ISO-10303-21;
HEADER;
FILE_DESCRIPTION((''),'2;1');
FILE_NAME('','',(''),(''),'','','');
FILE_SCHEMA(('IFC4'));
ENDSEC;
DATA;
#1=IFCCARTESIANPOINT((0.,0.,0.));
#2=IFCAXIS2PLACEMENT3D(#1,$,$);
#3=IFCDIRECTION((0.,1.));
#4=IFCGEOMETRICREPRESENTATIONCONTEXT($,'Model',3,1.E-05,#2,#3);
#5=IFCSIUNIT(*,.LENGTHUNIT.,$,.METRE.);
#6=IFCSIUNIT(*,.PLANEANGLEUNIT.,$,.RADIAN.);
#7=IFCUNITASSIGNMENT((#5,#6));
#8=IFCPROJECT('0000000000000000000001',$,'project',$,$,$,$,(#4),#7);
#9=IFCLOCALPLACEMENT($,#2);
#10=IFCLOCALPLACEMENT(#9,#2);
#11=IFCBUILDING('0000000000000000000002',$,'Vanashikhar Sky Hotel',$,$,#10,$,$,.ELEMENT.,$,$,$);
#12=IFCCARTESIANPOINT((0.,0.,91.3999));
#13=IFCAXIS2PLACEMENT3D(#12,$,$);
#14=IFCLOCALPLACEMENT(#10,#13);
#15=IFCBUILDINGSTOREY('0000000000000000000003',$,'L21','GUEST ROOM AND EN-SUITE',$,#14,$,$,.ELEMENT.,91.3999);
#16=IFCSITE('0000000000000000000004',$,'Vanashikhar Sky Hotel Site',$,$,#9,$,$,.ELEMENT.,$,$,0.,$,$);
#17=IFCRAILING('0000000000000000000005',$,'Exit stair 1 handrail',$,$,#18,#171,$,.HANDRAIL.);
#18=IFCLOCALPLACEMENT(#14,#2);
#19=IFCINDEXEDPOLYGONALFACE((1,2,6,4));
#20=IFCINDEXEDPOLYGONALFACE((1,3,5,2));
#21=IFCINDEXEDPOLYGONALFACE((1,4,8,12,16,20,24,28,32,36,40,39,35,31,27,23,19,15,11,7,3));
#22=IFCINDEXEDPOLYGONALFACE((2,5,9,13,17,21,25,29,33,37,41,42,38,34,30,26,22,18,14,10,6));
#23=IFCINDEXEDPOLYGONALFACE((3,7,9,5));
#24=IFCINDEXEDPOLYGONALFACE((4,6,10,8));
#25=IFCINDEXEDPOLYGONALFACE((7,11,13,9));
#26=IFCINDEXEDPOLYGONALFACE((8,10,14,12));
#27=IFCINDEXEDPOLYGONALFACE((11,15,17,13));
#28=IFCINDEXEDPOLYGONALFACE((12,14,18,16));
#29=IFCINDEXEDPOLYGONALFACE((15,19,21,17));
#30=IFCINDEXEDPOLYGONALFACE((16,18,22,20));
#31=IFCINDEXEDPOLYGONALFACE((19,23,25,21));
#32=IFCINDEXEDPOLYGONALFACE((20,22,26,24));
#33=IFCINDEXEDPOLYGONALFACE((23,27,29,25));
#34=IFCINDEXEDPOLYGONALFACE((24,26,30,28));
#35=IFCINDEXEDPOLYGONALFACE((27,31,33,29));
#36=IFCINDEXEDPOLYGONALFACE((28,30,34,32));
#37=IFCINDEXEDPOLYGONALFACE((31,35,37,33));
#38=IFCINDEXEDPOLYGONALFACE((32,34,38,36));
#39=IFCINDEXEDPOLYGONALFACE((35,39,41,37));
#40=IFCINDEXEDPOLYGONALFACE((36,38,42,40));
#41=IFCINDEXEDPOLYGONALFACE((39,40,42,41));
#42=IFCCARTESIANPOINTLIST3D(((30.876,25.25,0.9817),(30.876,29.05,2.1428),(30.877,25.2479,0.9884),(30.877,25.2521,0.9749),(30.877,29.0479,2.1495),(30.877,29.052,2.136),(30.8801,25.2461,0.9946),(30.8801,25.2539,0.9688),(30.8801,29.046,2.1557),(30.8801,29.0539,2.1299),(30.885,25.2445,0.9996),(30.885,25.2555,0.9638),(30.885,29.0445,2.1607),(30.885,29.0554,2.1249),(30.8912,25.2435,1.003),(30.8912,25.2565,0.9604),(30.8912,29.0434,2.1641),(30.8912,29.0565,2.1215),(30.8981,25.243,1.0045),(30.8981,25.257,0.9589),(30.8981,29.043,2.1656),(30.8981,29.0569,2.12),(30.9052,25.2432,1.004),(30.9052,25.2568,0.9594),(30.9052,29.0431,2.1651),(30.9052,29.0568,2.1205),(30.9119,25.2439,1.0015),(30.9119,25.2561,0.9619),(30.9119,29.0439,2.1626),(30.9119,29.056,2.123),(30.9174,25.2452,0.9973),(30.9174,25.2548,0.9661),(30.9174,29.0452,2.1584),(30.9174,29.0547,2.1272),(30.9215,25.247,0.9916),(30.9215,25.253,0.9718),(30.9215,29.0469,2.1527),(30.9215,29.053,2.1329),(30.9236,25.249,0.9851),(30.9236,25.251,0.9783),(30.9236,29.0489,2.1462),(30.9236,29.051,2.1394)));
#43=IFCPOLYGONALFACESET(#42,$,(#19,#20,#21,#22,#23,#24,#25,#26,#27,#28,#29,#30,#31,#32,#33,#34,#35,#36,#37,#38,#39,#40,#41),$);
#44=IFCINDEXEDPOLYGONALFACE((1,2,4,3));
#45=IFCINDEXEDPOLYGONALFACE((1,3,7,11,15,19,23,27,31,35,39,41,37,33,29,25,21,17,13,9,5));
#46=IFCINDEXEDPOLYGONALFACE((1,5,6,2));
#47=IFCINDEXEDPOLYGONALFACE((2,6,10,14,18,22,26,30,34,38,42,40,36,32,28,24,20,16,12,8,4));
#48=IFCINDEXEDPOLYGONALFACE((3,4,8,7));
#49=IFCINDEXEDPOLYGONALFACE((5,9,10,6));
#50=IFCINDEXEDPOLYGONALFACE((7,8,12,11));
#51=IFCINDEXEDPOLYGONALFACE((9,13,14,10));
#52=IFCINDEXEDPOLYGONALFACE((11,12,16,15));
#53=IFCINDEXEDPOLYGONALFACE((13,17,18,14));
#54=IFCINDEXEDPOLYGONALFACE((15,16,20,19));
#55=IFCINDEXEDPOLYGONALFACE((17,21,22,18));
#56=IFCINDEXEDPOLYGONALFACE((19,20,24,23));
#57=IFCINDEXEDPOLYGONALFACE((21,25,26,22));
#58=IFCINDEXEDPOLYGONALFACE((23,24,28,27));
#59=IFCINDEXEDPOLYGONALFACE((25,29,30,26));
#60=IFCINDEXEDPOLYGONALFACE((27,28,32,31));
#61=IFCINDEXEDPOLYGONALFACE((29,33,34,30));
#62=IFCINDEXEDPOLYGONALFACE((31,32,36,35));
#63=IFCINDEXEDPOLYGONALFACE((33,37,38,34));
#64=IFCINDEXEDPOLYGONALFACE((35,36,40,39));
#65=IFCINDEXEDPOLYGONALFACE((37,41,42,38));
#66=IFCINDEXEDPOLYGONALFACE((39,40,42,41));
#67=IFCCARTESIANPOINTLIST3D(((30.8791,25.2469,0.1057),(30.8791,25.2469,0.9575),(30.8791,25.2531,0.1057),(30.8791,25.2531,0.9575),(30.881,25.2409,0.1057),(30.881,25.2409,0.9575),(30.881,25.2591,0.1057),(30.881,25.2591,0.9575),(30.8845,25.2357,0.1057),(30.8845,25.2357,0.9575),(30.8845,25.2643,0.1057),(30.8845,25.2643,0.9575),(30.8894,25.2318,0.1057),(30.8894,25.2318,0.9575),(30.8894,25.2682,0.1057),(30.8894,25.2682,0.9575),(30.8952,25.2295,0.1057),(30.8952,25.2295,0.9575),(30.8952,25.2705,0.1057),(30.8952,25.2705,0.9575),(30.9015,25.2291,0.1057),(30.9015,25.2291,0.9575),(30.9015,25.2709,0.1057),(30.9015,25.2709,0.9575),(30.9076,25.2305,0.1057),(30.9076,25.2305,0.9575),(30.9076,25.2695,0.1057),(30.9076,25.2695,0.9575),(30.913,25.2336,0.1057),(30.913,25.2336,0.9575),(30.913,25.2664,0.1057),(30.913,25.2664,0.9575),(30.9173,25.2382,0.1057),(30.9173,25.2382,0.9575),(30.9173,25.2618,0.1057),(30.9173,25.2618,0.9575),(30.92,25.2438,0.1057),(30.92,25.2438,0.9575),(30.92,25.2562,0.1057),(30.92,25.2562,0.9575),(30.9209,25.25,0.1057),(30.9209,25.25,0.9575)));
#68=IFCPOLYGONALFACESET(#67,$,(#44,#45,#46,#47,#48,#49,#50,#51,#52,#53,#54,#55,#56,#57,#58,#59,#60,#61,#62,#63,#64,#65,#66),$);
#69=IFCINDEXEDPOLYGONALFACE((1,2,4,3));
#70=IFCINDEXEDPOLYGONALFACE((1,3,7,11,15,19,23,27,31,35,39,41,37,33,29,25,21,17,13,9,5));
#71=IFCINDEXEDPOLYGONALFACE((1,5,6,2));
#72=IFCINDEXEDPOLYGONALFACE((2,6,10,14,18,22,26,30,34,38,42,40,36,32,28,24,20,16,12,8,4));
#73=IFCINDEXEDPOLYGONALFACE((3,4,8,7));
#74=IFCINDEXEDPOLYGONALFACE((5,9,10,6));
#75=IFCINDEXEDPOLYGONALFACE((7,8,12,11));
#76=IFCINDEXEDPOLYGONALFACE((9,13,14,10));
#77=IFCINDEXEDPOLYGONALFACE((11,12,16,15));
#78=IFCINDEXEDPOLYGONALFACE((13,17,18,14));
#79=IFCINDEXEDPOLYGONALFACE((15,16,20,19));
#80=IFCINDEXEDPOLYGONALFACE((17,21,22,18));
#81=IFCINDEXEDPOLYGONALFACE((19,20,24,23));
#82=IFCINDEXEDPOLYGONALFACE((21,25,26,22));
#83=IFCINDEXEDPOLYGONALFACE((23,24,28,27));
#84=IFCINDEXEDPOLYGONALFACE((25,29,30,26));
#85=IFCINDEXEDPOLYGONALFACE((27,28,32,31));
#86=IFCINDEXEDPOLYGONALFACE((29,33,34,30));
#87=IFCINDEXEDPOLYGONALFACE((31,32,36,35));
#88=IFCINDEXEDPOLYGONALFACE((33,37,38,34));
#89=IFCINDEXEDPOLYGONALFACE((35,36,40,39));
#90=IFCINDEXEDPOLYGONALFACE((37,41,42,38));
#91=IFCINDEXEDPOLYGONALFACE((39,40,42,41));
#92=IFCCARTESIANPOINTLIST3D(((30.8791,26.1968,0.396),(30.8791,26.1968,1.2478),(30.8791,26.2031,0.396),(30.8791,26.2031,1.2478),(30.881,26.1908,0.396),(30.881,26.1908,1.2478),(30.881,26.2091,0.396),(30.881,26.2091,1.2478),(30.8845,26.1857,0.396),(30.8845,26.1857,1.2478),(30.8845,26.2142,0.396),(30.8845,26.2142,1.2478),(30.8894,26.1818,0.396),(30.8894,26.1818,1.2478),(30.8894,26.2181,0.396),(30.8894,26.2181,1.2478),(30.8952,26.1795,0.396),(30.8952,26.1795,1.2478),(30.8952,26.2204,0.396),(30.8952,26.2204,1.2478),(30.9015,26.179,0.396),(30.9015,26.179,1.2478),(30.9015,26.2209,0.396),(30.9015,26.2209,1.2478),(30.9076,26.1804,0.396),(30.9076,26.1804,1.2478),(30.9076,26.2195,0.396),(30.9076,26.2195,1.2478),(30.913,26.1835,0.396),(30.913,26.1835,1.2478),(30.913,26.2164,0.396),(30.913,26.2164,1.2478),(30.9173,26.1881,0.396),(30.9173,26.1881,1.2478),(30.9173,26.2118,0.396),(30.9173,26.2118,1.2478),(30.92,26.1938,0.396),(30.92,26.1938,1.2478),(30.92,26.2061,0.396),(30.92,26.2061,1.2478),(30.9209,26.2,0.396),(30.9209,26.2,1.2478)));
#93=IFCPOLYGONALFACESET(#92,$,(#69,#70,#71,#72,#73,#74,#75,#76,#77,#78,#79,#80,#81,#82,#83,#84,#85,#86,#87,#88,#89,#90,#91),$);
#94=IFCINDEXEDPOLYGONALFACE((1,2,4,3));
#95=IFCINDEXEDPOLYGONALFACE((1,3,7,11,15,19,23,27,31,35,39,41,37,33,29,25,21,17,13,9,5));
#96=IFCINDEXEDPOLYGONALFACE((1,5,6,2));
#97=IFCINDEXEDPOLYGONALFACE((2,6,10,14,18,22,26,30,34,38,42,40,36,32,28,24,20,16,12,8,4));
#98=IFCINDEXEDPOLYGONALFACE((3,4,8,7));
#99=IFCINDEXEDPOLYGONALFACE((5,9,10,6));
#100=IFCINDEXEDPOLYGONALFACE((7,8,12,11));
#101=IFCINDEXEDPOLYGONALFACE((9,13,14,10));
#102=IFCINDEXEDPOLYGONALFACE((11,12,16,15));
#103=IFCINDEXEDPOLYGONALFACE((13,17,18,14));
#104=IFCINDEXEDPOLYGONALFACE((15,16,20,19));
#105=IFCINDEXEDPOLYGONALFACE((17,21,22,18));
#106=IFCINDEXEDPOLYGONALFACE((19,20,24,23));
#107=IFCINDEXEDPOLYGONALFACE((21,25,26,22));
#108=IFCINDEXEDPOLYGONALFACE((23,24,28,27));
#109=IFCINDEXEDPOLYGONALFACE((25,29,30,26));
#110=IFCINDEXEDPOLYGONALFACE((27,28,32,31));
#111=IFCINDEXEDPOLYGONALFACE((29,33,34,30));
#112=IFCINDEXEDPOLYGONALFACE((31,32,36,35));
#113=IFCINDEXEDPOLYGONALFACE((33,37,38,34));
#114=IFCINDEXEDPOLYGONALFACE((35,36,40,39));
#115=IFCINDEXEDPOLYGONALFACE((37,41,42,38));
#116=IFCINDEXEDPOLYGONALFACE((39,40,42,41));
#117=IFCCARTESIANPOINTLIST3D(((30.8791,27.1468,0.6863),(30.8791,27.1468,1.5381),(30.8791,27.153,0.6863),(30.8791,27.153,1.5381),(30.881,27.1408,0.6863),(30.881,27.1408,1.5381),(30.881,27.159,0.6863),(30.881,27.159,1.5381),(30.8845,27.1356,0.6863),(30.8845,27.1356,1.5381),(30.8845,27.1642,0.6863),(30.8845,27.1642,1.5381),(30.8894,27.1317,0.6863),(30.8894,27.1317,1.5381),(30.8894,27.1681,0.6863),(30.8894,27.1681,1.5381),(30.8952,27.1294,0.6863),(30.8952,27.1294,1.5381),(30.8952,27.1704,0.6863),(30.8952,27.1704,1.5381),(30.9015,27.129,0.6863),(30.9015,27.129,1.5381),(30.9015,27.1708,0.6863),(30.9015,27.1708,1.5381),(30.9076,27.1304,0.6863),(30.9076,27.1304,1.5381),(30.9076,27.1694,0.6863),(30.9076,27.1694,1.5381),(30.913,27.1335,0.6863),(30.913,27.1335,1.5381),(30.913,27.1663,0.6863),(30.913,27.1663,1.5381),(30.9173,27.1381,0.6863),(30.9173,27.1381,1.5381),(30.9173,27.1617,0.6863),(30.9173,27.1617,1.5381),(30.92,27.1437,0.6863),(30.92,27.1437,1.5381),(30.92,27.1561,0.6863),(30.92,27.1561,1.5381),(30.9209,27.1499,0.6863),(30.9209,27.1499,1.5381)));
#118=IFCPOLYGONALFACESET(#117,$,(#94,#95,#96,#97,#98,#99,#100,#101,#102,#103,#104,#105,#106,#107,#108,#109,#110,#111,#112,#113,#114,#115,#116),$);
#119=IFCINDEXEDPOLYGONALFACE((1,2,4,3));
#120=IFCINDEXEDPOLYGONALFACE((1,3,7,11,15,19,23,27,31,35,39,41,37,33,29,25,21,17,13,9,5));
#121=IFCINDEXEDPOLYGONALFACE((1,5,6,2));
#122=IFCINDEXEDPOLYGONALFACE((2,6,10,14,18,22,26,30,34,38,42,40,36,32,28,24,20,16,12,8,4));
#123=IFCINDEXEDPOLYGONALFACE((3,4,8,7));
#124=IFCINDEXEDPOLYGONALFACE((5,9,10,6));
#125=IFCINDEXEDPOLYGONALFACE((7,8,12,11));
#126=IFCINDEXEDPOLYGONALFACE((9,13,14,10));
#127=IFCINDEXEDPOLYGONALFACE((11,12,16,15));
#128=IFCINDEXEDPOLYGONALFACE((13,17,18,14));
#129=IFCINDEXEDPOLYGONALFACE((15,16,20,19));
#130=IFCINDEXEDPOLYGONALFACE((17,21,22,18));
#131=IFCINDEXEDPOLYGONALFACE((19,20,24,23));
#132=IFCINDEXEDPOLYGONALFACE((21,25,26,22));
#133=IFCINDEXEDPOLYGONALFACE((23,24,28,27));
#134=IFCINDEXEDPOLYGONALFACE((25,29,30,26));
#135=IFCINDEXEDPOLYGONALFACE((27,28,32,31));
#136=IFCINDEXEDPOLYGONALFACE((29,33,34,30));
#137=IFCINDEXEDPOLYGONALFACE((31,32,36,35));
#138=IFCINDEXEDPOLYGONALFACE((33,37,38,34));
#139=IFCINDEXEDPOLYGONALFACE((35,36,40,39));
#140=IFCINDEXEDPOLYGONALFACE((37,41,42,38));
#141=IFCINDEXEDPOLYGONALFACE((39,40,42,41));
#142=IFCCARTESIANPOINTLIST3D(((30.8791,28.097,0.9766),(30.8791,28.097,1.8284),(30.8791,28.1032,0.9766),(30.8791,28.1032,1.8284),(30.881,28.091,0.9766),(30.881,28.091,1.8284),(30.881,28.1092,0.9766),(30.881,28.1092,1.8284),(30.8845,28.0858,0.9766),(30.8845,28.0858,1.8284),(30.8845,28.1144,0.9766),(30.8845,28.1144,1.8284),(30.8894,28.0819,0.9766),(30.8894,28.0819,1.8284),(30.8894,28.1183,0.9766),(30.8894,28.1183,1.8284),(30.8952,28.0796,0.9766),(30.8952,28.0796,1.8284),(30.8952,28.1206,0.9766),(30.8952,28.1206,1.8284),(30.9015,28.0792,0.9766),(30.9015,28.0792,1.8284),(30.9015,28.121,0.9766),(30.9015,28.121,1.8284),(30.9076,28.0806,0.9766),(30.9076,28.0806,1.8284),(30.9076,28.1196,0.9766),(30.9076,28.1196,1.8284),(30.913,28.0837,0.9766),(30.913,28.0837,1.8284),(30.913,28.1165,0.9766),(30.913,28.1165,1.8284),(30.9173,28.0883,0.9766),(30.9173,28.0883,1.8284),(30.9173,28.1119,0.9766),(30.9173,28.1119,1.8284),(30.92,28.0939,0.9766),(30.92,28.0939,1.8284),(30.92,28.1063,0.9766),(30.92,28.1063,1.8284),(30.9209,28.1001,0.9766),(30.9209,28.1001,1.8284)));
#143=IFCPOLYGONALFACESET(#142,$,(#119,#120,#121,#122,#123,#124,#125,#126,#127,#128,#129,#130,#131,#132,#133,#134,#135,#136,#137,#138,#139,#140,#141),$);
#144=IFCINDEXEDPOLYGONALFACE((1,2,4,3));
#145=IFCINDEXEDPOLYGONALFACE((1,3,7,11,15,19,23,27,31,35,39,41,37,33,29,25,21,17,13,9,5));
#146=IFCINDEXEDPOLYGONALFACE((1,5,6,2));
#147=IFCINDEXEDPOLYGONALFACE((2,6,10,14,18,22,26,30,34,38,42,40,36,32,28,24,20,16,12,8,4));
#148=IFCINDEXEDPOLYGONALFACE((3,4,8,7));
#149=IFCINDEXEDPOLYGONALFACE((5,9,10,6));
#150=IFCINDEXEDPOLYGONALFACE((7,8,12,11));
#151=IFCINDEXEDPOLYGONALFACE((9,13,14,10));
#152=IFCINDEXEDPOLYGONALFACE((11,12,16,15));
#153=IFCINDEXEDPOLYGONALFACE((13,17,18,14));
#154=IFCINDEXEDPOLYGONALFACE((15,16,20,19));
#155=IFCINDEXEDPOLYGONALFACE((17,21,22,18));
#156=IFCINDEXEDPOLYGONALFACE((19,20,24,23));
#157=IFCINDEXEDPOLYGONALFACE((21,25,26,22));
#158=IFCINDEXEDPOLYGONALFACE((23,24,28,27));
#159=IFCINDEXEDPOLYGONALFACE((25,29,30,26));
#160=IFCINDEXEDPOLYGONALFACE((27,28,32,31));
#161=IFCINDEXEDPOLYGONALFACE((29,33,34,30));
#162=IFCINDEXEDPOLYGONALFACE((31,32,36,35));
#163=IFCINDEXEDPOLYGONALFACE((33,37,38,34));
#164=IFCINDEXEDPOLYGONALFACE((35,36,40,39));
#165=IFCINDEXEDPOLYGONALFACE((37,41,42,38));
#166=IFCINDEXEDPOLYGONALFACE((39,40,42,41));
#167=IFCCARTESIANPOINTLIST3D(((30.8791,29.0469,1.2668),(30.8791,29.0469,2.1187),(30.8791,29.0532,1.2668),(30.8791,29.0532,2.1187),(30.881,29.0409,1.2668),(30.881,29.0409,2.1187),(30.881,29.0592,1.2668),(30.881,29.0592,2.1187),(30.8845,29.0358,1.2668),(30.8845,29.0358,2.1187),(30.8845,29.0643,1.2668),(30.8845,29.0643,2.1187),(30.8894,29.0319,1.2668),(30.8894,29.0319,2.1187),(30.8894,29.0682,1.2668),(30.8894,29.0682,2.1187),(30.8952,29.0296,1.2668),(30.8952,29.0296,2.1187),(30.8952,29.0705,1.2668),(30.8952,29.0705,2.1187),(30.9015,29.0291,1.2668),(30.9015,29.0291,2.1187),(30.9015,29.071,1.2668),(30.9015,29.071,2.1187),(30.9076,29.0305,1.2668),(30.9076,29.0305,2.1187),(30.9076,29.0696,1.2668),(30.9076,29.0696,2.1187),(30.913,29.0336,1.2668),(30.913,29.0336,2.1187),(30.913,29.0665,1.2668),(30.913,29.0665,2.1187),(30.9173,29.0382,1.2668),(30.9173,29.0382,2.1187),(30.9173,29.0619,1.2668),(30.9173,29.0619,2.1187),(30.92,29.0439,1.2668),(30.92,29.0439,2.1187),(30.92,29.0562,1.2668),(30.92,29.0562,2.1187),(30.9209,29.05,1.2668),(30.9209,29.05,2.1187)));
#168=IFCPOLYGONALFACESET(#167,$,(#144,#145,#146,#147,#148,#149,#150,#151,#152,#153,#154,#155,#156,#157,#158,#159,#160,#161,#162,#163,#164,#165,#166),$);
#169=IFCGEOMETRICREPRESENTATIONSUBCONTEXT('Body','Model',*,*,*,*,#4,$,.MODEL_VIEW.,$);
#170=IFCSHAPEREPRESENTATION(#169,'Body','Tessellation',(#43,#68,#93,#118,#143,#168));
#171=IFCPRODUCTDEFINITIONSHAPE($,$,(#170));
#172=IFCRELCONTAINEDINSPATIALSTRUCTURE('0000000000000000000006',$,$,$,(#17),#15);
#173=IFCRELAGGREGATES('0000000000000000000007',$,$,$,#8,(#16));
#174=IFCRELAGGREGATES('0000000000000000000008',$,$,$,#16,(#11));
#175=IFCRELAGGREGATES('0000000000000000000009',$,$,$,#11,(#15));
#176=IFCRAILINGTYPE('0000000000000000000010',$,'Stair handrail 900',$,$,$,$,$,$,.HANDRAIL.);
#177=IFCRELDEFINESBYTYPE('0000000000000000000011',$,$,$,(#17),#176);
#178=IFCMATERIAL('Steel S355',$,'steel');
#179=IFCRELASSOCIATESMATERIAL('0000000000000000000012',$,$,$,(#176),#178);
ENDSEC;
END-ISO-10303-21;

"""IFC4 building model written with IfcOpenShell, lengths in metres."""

from ifc_helpers import new_model, si_unit, direction, frame, origin, origin_2d, place, context, subcontext, project, spatial, circle, extrude, source, transform, mapped, material, type_object, element, save


model = new_model("IFC4")

# Units and contexts
model_context = context("Model", 3, precision=1e-05, world=origin(), true_north=direction((0.0, 1.0)))
body_context = subcontext(model_context, "Body", "Model", "MODEL_VIEW")
ifc_project = project(units=[si_unit("LENGTHUNIT", "METRE"), si_unit("PLANEANGLEUNIT", "RADIAN")], contexts=[model_context])

# Site, building, storey
site_placement = place(None, origin())
site = spatial("IfcSite", under=ifc_project, at=site_placement, Name="Vanashikhar Sky Hotel Site", CompositionType="ELEMENT", RefElevation=0.0)
building_placement = place(site_placement, origin())
building = spatial("IfcBuilding", under=site, at=building_placement, Name="Vanashikhar Sky Hotel", CompositionType="ELEMENT")
storey_placement = place(building_placement, frame((0.0, 0.0, 91.3999)))
storey = spatial("IfcBuildingStorey", under=building, at=storey_placement, Name="L21", Description="GUEST ROOM AND EN-SUITE", CompositionType="ELEMENT", Elevation=91.3999)

# Railing
ifc_material_1 = material(Name="Steel S355", Category="steel")
railing_type = type_object("IfcRailingType", Name="Stair handrail 900", PredefinedType="HANDRAIL", material=ifc_material_1)
shared_shape_1 = source(origin(), body_context, "Body", "SweptSolid", [
    extrude(circle(Radius=0.0239, at=origin_2d()), frame((0.0, 0.0, 0.876), z_axis=(0.0, 0.956351, 0.29222), x_axis=(-1.0, 0.0, 0.0)), (0.0, 0.0, 1.0), 3.9734),
    extrude(circle(Radius=0.021, at=origin_2d()), origin(), (0.0, 0.0, 1.0), 0.8518),
    extrude(circle(Radius=0.021, at=origin_2d()), frame((0.0, 0.95, 0.2903)), (0.0, 0.0, 1.0), 0.8518),
    extrude(circle(Radius=0.021, at=origin_2d()), frame((0.0, 1.8999, 0.5806)), (0.0, 0.0, 1.0), 0.8518),
    extrude(circle(Radius=0.021, at=origin_2d()), frame((0.0, 2.8501, 0.8708)), (0.0, 0.0, 1.0), 0.8518),
    extrude(circle(Radius=0.021, at=origin_2d()), frame((0.0, 3.8, 1.1611)), (0.0, 0.0, 1.0), 0.8518),
])
for number, where, name in (
    (1, (30.8999, 25.25, 0.1057), "Exit stair 1 handrail"),
):
    element("IfcRailing", number, at=place(storey_placement, frame(where)), inside=storey, type_object=railing_type, Name=name, PredefinedType="HANDRAIL", context=body_context, shape_type="MappedRepresentation", body=[
        mapped(shared_shape_1, transform((0.0, 0.0, 0.0), scale=1.0)),
    ])

save(model, "model.ifc")
